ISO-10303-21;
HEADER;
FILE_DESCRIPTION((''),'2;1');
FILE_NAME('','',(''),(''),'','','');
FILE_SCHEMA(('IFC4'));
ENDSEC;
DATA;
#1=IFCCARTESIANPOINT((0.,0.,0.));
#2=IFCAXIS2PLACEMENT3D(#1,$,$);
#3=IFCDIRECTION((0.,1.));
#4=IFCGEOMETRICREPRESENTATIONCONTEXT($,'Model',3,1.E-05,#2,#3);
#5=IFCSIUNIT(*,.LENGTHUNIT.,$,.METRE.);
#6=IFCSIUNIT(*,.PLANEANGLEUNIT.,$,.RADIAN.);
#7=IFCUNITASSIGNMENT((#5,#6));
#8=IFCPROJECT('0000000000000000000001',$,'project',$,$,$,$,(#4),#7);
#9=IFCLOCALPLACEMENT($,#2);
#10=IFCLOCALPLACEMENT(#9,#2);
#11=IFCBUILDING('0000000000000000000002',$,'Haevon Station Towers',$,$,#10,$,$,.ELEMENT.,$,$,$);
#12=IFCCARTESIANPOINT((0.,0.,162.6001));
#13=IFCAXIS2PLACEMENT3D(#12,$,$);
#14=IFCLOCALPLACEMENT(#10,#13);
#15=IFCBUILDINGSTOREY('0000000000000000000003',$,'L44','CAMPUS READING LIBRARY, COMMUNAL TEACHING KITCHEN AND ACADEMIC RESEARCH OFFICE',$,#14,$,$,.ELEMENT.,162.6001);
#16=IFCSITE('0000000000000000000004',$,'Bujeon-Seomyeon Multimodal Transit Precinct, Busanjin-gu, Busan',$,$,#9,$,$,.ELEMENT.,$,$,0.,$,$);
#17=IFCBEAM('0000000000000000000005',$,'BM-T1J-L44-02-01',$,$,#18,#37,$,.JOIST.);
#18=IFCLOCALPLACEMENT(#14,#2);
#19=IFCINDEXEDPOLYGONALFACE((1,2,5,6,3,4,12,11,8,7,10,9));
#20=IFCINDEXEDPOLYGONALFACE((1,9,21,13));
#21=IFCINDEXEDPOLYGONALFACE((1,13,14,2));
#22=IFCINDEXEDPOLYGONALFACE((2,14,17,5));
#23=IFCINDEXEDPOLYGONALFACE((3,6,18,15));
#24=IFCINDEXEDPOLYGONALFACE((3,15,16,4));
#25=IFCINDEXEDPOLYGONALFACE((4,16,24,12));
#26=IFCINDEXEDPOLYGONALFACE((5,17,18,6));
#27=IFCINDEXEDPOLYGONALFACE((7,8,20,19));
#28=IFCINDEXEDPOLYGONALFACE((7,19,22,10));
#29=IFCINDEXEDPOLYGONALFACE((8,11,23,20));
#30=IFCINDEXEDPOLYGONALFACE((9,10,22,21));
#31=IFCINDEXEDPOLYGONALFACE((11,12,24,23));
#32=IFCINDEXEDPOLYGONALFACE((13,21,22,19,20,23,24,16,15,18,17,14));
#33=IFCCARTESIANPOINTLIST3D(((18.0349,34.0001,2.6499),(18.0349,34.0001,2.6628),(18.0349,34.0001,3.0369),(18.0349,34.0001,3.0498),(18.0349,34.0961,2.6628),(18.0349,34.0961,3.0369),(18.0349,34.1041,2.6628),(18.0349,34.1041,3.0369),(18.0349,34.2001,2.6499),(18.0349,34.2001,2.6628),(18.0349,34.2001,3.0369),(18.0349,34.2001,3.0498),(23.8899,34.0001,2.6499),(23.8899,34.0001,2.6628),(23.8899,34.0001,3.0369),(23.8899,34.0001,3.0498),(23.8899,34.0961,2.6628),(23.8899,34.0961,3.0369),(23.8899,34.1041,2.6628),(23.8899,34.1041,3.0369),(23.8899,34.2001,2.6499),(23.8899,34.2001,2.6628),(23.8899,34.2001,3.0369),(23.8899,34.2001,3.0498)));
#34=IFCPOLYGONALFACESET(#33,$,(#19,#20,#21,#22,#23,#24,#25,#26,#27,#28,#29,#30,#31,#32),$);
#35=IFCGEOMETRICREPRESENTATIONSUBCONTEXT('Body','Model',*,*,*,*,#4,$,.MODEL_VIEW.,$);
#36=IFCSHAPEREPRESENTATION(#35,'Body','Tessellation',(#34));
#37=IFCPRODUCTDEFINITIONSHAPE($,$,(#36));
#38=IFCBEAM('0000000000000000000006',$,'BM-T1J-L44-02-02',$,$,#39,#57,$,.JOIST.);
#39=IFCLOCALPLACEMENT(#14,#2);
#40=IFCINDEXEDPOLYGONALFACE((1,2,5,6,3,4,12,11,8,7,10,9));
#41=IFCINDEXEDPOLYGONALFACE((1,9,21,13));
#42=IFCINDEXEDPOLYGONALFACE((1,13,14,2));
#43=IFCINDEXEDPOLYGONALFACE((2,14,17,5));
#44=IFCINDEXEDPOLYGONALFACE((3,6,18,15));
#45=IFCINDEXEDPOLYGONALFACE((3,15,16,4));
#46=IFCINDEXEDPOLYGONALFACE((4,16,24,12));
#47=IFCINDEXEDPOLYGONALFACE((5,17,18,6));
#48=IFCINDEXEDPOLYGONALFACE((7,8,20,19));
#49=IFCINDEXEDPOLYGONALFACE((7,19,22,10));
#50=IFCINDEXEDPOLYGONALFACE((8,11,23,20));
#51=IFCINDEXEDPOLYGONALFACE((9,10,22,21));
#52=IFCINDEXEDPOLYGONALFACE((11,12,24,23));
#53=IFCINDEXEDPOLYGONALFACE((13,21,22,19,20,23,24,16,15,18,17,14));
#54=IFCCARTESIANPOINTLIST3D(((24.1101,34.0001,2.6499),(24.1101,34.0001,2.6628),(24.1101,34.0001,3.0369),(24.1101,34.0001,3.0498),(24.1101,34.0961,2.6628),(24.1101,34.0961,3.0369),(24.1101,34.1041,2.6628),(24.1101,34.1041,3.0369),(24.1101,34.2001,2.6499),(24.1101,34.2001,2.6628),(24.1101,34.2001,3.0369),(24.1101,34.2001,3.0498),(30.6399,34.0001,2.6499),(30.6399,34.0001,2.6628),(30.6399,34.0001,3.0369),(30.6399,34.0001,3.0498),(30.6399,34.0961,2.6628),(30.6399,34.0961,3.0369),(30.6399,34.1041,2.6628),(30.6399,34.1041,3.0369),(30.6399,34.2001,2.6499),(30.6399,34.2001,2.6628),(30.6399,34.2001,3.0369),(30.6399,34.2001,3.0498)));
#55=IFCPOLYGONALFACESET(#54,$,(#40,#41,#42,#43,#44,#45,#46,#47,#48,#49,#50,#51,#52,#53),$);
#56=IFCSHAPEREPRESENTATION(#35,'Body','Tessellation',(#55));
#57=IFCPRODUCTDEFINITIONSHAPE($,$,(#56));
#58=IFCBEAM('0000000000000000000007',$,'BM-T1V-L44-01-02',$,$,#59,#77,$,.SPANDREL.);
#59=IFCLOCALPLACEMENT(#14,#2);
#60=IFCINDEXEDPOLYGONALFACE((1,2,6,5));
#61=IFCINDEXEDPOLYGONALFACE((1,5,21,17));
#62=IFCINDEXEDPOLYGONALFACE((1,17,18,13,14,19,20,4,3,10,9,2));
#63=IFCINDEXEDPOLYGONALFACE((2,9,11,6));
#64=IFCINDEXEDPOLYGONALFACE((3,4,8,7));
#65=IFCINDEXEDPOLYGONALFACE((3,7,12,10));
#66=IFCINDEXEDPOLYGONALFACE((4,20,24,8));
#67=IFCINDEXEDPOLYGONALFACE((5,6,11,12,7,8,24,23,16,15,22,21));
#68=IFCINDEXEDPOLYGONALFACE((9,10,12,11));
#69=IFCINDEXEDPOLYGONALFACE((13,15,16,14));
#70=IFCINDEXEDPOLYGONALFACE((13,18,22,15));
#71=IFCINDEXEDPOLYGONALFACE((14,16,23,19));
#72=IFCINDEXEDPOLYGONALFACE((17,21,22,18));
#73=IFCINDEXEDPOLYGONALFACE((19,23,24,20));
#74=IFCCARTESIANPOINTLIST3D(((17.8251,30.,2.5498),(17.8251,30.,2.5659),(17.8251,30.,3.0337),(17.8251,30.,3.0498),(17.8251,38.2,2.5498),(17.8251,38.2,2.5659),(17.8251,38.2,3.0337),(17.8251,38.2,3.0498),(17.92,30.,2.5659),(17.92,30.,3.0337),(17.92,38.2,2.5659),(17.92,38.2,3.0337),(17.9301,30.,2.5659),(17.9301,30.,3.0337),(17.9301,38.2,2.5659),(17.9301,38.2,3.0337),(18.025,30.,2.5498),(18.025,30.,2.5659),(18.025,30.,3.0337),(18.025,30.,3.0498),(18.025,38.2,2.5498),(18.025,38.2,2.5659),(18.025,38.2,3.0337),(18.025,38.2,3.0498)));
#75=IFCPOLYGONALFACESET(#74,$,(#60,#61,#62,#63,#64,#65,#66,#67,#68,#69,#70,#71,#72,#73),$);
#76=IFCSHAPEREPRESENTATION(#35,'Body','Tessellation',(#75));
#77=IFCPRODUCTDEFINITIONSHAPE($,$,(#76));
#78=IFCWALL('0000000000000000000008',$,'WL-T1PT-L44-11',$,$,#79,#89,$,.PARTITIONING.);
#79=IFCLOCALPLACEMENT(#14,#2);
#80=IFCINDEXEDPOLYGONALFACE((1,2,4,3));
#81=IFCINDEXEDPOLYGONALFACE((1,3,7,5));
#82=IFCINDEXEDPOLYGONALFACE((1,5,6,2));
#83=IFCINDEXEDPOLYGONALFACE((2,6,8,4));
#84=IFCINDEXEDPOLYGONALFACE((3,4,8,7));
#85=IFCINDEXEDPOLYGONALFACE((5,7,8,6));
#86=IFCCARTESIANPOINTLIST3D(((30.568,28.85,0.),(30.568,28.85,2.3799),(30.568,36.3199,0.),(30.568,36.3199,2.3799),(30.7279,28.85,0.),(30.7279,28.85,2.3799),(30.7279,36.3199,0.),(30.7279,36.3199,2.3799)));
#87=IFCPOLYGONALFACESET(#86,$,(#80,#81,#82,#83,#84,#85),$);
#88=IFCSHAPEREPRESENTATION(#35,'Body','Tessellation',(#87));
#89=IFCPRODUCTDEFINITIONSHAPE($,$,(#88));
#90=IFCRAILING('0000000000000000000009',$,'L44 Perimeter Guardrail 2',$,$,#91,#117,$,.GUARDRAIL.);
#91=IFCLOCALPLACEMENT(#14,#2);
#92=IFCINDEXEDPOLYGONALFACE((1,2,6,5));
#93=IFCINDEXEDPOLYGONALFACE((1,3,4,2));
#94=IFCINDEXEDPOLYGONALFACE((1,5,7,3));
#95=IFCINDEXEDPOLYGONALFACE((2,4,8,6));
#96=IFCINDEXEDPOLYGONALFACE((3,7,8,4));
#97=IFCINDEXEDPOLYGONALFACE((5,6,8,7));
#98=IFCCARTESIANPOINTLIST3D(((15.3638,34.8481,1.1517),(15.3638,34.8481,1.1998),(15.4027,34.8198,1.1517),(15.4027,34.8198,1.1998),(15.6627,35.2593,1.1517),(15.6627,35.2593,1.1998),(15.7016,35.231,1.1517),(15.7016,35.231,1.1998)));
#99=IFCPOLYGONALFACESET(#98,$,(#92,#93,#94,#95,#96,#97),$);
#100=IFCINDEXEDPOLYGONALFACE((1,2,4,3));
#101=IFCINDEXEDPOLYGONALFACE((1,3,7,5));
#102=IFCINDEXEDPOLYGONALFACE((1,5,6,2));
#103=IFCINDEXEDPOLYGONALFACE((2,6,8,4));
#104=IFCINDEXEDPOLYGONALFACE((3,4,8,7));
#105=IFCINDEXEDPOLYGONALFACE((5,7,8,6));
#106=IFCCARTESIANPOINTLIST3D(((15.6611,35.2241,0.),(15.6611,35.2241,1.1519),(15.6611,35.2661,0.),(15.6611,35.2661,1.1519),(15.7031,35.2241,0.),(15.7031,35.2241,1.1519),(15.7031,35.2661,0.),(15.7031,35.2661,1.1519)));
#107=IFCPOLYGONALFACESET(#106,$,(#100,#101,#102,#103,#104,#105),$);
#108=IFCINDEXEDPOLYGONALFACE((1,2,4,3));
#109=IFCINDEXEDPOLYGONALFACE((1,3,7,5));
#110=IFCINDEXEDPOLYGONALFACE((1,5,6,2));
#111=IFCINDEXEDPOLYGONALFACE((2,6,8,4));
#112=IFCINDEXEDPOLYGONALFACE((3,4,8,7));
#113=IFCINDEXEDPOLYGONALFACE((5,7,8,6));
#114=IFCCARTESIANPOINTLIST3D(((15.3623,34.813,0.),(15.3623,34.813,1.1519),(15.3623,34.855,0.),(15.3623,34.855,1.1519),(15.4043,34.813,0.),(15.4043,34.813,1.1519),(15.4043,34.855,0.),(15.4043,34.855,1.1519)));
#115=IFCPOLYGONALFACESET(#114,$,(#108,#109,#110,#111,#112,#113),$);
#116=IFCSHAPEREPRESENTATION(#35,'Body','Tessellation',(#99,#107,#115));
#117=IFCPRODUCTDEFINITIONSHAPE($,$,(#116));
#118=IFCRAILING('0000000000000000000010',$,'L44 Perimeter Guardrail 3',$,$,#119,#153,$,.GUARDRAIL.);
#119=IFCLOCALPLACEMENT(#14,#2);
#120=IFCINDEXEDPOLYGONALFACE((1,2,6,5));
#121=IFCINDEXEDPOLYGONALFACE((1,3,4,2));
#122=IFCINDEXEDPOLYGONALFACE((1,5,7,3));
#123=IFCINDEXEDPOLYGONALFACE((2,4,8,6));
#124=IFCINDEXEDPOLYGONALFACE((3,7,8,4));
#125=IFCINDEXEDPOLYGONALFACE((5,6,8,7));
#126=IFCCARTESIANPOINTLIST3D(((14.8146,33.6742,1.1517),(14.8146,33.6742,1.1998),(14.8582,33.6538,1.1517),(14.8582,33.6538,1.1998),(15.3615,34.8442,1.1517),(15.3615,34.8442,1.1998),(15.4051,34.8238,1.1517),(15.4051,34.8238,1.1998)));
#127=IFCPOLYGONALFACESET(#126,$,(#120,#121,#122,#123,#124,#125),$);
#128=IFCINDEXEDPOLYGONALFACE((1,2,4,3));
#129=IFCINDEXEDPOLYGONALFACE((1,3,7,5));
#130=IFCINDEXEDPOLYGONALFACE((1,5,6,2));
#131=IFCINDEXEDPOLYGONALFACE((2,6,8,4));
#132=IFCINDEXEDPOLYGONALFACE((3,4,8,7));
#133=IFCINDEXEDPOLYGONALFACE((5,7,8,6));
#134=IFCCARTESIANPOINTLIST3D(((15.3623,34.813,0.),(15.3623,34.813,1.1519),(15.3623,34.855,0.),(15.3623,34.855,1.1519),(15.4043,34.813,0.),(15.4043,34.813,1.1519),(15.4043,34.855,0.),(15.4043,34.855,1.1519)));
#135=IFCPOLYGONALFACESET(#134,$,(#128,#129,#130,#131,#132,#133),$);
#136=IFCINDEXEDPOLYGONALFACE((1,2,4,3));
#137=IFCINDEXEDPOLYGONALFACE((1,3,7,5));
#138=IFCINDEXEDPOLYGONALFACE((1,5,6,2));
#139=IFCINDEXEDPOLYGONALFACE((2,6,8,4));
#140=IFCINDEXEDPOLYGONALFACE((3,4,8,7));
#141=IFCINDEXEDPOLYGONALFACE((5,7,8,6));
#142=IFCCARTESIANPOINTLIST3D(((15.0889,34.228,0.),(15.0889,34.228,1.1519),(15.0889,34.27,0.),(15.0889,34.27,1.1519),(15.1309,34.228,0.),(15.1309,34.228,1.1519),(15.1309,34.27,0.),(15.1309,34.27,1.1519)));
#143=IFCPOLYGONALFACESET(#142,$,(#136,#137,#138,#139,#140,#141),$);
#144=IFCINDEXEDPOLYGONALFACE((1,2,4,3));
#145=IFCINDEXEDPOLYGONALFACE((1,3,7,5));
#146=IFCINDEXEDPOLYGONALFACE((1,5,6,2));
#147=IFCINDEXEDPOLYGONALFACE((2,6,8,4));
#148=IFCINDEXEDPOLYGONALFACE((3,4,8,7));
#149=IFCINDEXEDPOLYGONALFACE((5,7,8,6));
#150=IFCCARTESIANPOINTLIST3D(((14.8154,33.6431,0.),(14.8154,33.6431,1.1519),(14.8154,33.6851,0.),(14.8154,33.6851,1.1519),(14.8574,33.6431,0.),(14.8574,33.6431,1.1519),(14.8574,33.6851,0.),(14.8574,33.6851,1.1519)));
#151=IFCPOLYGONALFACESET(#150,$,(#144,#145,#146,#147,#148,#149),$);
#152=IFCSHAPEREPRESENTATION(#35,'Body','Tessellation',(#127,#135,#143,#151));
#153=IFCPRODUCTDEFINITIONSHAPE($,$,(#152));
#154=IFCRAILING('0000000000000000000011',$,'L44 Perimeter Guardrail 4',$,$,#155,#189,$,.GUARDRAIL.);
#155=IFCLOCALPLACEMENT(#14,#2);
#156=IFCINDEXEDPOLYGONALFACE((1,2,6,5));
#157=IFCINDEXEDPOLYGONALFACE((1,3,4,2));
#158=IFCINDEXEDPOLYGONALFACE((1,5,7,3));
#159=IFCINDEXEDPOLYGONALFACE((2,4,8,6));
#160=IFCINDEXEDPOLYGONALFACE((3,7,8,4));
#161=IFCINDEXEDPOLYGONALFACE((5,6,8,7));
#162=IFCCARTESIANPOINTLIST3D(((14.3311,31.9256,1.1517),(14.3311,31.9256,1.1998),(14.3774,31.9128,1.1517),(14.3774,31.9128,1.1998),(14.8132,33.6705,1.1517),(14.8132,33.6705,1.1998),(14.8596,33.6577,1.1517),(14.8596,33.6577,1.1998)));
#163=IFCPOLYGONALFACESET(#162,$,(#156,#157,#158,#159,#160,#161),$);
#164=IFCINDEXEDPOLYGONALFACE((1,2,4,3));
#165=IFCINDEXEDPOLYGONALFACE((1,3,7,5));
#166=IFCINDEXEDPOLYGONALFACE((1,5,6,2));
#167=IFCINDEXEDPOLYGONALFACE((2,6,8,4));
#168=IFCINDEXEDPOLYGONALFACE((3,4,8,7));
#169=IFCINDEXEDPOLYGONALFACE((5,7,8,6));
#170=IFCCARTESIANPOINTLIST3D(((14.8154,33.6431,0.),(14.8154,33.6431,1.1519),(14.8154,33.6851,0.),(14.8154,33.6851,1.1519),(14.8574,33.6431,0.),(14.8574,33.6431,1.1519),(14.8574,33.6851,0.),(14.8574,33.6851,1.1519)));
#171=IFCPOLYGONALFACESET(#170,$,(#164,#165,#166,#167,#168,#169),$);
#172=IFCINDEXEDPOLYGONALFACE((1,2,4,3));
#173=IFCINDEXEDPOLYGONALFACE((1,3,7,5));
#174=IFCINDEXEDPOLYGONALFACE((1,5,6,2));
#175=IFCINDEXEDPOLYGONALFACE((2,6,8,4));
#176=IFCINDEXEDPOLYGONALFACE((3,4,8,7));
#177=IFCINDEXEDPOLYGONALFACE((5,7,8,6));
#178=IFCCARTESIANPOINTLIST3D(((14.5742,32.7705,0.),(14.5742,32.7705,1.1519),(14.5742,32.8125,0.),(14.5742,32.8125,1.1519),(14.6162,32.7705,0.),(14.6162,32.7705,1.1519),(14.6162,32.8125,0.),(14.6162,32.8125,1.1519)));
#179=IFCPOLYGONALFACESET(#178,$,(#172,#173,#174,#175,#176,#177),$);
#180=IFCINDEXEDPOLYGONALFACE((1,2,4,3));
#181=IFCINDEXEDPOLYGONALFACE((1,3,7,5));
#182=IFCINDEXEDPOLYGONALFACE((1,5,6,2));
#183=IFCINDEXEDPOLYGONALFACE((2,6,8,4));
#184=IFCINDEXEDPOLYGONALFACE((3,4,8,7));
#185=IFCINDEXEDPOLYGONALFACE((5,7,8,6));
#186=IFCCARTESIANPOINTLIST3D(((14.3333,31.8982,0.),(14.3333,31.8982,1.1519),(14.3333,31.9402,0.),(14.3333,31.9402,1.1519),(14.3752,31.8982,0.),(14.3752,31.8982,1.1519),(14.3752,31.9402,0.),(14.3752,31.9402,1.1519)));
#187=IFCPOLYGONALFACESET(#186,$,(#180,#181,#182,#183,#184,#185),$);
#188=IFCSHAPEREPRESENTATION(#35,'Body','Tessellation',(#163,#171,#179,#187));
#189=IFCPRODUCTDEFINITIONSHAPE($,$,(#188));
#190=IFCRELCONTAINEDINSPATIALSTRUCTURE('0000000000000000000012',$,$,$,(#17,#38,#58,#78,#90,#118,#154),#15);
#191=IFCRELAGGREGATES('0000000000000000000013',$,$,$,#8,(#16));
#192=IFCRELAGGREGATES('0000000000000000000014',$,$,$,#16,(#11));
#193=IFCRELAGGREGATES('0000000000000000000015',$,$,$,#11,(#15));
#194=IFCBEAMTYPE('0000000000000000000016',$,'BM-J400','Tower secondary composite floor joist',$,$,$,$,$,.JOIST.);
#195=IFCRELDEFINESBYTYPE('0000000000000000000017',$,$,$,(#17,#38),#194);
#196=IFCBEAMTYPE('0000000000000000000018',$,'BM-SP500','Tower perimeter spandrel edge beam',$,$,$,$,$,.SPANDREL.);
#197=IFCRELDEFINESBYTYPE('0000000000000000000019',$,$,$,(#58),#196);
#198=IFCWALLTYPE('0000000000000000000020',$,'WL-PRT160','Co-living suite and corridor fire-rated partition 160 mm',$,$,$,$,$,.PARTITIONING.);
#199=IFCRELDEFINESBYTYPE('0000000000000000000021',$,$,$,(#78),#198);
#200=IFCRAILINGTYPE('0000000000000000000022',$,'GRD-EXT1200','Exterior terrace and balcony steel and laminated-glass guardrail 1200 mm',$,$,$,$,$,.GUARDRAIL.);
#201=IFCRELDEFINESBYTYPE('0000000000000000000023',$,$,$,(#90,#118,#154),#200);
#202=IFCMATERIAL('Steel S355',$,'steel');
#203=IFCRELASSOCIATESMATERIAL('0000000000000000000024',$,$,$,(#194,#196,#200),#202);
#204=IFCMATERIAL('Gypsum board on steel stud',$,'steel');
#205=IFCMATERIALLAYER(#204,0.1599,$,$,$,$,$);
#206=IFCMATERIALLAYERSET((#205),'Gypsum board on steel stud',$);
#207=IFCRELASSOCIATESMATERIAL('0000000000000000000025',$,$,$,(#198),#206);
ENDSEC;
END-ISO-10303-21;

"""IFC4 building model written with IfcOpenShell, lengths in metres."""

from ifc_helpers import new_model, si_unit, direction, frame, frame_2d, origin, origin_2d, place, context, subcontext, project, spatial, rectangle, i_section, extrude, material, layer, layer_set, material_profile, profile_set, type_object, element, save


model = new_model("IFC4")

# Units and contexts
model_context = context("Model", 3, precision=1e-05, world=origin(), true_north=direction((0.0, 1.0)))
body_context = subcontext(model_context, "Body", "Model", "MODEL_VIEW")
ifc_project = project(units=[si_unit("LENGTHUNIT", "METRE"), si_unit("PLANEANGLEUNIT", "RADIAN")], contexts=[model_context])

# Site, building, storey
site_placement = place(None, origin())
site = spatial("IfcSite", under=ifc_project, at=site_placement, Name="Bujeon-Seomyeon Multimodal Transit Precinct, Busanjin-gu, Busan", CompositionType="ELEMENT", RefElevation=0.0)
building_placement = place(site_placement, origin())
building = spatial("IfcBuilding", under=site, at=building_placement, Name="Haevon Station Towers", CompositionType="ELEMENT")
storey_placement = place(building_placement, frame((0.0, 0.0, 162.6001)))
storey = spatial("IfcBuildingStorey", under=building, at=storey_placement, Name="L44", Description="CAMPUS READING LIBRARY, COMMUNAL TEACHING KITCHEN AND ACADEMIC RESEARCH OFFICE", CompositionType="ELEMENT", Elevation=162.6001)

# Shared definitions
ifc_material_1 = material(Name="Steel S355", Category="steel")

# Beams
ifc_material_profile_1 = material_profile(ifc_material_1, i_section(OverallWidth=0.2, OverallDepth=0.3999, WebThickness=0.0081, FlangeThickness=0.0129, at=origin_2d()), Name="H-400x200x8x13")
ifc_profile_set_1 = profile_set([ifc_material_profile_1], Name="Steel S355")
beam_type_1 = type_object("IfcBeamType", Name="BM-J400", Description="Tower secondary composite floor joist", PredefinedType="JOIST", material=ifc_profile_set_1)
beam_1_placement = place(storey_placement, frame((18.0349, 34.1001, 2.8499), z_axis=(1.0, 0.0, 0.0), x_axis=(0.0, 1.0, 0.0)))
element("IfcBeam", 1, at=beam_1_placement, inside=storey, type_object=beam_type_1, Name="BM-T1J-L44-02-01", PredefinedType="JOIST", context=body_context, shape_type="SweptSolid", body=[
    extrude(i_section(OverallWidth=0.2, OverallDepth=0.3999, WebThickness=0.0081, FlangeThickness=0.0129, at=origin_2d()), origin(), (0.0, 0.0, 1.0), 5.855),
])
beam_2_placement = place(storey_placement, frame((24.1101, 34.1001, 2.8499), z_axis=(1.0, 0.0, 0.0), x_axis=(0.0, 1.0, 0.0)))
element("IfcBeam", 2, at=beam_2_placement, inside=storey, type_object=beam_type_1, Name="BM-T1J-L44-02-02", PredefinedType="JOIST", context=body_context, shape_type="SweptSolid", body=[
    extrude(i_section(OverallWidth=0.2, OverallDepth=0.3999, WebThickness=0.0081, FlangeThickness=0.0129, at=origin_2d()), origin(), (0.0, 0.0, 1.0), 6.5298),
])
ifc_material_profile_2 = material_profile(ifc_material_1, i_section(OverallWidth=0.2, OverallDepth=0.5, WebThickness=0.01, FlangeThickness=0.0161, at=origin_2d()), Name="H-500x200x10x16")
ifc_profile_set_2 = profile_set([ifc_material_profile_2], Name="Steel S355")
beam_type_2 = type_object("IfcBeamType", Name="BM-SP500", Description="Tower perimeter spandrel edge beam", PredefinedType="SPANDREL", material=ifc_profile_set_2)
beam_3_placement = place(storey_placement, frame((17.925, 30.0, 2.7998), z_axis=(0.0, 1.0, 0.0), x_axis=(-1.0, 0.0, 0.0)))
element("IfcBeam", 3, at=beam_3_placement, inside=storey, type_object=beam_type_2, Name="BM-T1V-L44-01-02", PredefinedType="SPANDREL", context=body_context, shape_type="SweptSolid", body=[
    extrude(i_section(OverallWidth=0.2, OverallDepth=0.5, WebThickness=0.01, FlangeThickness=0.0161, at=origin_2d()), origin(), (0.0, 0.0, 1.0), 8.2),
])

# Wall
ifc_material_2 = material(Name="Gypsum board on steel stud", Category="steel")
ifc_layer_1 = layer(ifc_material_2, 0.1599)
ifc_layer_set_1 = layer_set([ifc_layer_1], Name="Gypsum board on steel stud")
wall_type = type_object("IfcWallType", Name="WL-PRT160", Description="Co-living suite and corridor fire-rated partition 160 mm", PredefinedType="PARTITIONING", material=ifc_layer_set_1)
wall_placement = place(storey_placement, frame((30.6479, 28.8501, 0.0), z_axis=(0.0, 0.0, 1.0), x_axis=(0.0, 1.0, 0.0)))
element("IfcWall", 4, at=wall_placement, inside=storey, type_object=wall_type, Name="WL-T1PT-L44-11", PredefinedType="PARTITIONING", context=body_context, shape_type="SweptSolid", body=[
    extrude(rectangle(XDim=7.47, YDim=0.1599, at=frame_2d((3.7349, 0.0))), origin(), (0.0, 0.0, 1.0), 2.3799),
])

# Railings
railing_type = type_object("IfcRailingType", Name="GRD-EXT1200", Description="Exterior terrace and balcony steel and laminated-glass guardrail 1200 mm", PredefinedType="GUARDRAIL", material=ifc_material_1)
railing_1_placement = place(storey_placement, frame((15.6821, 35.2451, 0.0)))
element("IfcRailing", 5, at=railing_1_placement, inside=storey, type_object=railing_type, Name="L44 Perimeter Guardrail 2", PredefinedType="GUARDRAIL", context=body_context, shape_type="SweptSolid", body=[
    extrude(rectangle(XDim=0.0481, YDim=0.0481, at=origin_2d()), frame((0.0, 0.0, 1.1758), z_axis=(-0.587943, -0.808902, 0.0), x_axis=(0.808902, -0.587943, 0.0)), (0.0, 0.0, 1.0), 0.5083),
    extrude(rectangle(XDim=0.042, YDim=0.042, at=origin_2d()), origin(), (0.0, 0.0, 1.0), 1.1519),
    extrude(rectangle(XDim=0.042, YDim=0.042, at=origin_2d()), frame((-0.2988, -0.4111, 0.0)), (0.0, 0.0, 1.0), 1.1519),
])
railing_2_placement = place(storey_placement, frame((15.3833, 34.834, 0.0)))
element("IfcRailing", 6, at=railing_2_placement, inside=storey, type_object=railing_type, Name="L44 Perimeter Guardrail 3", PredefinedType="GUARDRAIL", context=body_context, shape_type="SweptSolid", body=[
    extrude(rectangle(XDim=0.0481, YDim=0.0481, at=origin_2d()), frame((0.0, 0.0, 1.1758), z_axis=(-0.423465, -0.905912, 0.0), x_axis=(0.905912, -0.423465, 0.0)), (0.0, 0.0, 1.0), 1.2915),
    extrude(rectangle(XDim=0.042, YDim=0.042, at=origin_2d()), origin(), (0.0, 0.0, 1.0), 1.1519),
    extrude(rectangle(XDim=0.042, YDim=0.042, at=origin_2d()), frame((-0.2734, -0.585, 0.0)), (0.0, 0.0, 1.0), 1.1519),
    extrude(rectangle(XDim=0.042, YDim=0.042, at=origin_2d()), frame((-0.5469, -1.1699, 0.0)), (0.0, 0.0, 1.0), 1.1519),
])
railing_3_placement = place(storey_placement, frame((14.8364, 33.6641, 0.0)))
element("IfcRailing", 7, at=railing_3_placement, inside=storey, type_object=railing_type, Name="L44 Perimeter Guardrail 4", PredefinedType="GUARDRAIL", context=body_context, shape_type="SweptSolid", body=[
    extrude(rectangle(XDim=0.0481, YDim=0.0481, at=origin_2d()), frame((0.0, 0.0, 1.1758), z_axis=(-0.266357, -0.963874, 0.0), x_axis=(0.963874, -0.266357, 0.0)), (0.0, 0.0, 1.0), 1.8103),
    extrude(rectangle(XDim=0.042, YDim=0.042, at=origin_2d()), origin(), (0.0, 0.0, 1.0), 1.1519),
    extrude(rectangle(XDim=0.042, YDim=0.042, at=origin_2d()), frame((-0.2412, -0.8726, 0.0)), (0.0, 0.0, 1.0), 1.1519),
    extrude(rectangle(XDim=0.042, YDim=0.042, at=origin_2d()), frame((-0.4822, -1.7449, 0.0)), (0.0, 0.0, 1.0), 1.1519),
])

save(model, "model.ifc")
